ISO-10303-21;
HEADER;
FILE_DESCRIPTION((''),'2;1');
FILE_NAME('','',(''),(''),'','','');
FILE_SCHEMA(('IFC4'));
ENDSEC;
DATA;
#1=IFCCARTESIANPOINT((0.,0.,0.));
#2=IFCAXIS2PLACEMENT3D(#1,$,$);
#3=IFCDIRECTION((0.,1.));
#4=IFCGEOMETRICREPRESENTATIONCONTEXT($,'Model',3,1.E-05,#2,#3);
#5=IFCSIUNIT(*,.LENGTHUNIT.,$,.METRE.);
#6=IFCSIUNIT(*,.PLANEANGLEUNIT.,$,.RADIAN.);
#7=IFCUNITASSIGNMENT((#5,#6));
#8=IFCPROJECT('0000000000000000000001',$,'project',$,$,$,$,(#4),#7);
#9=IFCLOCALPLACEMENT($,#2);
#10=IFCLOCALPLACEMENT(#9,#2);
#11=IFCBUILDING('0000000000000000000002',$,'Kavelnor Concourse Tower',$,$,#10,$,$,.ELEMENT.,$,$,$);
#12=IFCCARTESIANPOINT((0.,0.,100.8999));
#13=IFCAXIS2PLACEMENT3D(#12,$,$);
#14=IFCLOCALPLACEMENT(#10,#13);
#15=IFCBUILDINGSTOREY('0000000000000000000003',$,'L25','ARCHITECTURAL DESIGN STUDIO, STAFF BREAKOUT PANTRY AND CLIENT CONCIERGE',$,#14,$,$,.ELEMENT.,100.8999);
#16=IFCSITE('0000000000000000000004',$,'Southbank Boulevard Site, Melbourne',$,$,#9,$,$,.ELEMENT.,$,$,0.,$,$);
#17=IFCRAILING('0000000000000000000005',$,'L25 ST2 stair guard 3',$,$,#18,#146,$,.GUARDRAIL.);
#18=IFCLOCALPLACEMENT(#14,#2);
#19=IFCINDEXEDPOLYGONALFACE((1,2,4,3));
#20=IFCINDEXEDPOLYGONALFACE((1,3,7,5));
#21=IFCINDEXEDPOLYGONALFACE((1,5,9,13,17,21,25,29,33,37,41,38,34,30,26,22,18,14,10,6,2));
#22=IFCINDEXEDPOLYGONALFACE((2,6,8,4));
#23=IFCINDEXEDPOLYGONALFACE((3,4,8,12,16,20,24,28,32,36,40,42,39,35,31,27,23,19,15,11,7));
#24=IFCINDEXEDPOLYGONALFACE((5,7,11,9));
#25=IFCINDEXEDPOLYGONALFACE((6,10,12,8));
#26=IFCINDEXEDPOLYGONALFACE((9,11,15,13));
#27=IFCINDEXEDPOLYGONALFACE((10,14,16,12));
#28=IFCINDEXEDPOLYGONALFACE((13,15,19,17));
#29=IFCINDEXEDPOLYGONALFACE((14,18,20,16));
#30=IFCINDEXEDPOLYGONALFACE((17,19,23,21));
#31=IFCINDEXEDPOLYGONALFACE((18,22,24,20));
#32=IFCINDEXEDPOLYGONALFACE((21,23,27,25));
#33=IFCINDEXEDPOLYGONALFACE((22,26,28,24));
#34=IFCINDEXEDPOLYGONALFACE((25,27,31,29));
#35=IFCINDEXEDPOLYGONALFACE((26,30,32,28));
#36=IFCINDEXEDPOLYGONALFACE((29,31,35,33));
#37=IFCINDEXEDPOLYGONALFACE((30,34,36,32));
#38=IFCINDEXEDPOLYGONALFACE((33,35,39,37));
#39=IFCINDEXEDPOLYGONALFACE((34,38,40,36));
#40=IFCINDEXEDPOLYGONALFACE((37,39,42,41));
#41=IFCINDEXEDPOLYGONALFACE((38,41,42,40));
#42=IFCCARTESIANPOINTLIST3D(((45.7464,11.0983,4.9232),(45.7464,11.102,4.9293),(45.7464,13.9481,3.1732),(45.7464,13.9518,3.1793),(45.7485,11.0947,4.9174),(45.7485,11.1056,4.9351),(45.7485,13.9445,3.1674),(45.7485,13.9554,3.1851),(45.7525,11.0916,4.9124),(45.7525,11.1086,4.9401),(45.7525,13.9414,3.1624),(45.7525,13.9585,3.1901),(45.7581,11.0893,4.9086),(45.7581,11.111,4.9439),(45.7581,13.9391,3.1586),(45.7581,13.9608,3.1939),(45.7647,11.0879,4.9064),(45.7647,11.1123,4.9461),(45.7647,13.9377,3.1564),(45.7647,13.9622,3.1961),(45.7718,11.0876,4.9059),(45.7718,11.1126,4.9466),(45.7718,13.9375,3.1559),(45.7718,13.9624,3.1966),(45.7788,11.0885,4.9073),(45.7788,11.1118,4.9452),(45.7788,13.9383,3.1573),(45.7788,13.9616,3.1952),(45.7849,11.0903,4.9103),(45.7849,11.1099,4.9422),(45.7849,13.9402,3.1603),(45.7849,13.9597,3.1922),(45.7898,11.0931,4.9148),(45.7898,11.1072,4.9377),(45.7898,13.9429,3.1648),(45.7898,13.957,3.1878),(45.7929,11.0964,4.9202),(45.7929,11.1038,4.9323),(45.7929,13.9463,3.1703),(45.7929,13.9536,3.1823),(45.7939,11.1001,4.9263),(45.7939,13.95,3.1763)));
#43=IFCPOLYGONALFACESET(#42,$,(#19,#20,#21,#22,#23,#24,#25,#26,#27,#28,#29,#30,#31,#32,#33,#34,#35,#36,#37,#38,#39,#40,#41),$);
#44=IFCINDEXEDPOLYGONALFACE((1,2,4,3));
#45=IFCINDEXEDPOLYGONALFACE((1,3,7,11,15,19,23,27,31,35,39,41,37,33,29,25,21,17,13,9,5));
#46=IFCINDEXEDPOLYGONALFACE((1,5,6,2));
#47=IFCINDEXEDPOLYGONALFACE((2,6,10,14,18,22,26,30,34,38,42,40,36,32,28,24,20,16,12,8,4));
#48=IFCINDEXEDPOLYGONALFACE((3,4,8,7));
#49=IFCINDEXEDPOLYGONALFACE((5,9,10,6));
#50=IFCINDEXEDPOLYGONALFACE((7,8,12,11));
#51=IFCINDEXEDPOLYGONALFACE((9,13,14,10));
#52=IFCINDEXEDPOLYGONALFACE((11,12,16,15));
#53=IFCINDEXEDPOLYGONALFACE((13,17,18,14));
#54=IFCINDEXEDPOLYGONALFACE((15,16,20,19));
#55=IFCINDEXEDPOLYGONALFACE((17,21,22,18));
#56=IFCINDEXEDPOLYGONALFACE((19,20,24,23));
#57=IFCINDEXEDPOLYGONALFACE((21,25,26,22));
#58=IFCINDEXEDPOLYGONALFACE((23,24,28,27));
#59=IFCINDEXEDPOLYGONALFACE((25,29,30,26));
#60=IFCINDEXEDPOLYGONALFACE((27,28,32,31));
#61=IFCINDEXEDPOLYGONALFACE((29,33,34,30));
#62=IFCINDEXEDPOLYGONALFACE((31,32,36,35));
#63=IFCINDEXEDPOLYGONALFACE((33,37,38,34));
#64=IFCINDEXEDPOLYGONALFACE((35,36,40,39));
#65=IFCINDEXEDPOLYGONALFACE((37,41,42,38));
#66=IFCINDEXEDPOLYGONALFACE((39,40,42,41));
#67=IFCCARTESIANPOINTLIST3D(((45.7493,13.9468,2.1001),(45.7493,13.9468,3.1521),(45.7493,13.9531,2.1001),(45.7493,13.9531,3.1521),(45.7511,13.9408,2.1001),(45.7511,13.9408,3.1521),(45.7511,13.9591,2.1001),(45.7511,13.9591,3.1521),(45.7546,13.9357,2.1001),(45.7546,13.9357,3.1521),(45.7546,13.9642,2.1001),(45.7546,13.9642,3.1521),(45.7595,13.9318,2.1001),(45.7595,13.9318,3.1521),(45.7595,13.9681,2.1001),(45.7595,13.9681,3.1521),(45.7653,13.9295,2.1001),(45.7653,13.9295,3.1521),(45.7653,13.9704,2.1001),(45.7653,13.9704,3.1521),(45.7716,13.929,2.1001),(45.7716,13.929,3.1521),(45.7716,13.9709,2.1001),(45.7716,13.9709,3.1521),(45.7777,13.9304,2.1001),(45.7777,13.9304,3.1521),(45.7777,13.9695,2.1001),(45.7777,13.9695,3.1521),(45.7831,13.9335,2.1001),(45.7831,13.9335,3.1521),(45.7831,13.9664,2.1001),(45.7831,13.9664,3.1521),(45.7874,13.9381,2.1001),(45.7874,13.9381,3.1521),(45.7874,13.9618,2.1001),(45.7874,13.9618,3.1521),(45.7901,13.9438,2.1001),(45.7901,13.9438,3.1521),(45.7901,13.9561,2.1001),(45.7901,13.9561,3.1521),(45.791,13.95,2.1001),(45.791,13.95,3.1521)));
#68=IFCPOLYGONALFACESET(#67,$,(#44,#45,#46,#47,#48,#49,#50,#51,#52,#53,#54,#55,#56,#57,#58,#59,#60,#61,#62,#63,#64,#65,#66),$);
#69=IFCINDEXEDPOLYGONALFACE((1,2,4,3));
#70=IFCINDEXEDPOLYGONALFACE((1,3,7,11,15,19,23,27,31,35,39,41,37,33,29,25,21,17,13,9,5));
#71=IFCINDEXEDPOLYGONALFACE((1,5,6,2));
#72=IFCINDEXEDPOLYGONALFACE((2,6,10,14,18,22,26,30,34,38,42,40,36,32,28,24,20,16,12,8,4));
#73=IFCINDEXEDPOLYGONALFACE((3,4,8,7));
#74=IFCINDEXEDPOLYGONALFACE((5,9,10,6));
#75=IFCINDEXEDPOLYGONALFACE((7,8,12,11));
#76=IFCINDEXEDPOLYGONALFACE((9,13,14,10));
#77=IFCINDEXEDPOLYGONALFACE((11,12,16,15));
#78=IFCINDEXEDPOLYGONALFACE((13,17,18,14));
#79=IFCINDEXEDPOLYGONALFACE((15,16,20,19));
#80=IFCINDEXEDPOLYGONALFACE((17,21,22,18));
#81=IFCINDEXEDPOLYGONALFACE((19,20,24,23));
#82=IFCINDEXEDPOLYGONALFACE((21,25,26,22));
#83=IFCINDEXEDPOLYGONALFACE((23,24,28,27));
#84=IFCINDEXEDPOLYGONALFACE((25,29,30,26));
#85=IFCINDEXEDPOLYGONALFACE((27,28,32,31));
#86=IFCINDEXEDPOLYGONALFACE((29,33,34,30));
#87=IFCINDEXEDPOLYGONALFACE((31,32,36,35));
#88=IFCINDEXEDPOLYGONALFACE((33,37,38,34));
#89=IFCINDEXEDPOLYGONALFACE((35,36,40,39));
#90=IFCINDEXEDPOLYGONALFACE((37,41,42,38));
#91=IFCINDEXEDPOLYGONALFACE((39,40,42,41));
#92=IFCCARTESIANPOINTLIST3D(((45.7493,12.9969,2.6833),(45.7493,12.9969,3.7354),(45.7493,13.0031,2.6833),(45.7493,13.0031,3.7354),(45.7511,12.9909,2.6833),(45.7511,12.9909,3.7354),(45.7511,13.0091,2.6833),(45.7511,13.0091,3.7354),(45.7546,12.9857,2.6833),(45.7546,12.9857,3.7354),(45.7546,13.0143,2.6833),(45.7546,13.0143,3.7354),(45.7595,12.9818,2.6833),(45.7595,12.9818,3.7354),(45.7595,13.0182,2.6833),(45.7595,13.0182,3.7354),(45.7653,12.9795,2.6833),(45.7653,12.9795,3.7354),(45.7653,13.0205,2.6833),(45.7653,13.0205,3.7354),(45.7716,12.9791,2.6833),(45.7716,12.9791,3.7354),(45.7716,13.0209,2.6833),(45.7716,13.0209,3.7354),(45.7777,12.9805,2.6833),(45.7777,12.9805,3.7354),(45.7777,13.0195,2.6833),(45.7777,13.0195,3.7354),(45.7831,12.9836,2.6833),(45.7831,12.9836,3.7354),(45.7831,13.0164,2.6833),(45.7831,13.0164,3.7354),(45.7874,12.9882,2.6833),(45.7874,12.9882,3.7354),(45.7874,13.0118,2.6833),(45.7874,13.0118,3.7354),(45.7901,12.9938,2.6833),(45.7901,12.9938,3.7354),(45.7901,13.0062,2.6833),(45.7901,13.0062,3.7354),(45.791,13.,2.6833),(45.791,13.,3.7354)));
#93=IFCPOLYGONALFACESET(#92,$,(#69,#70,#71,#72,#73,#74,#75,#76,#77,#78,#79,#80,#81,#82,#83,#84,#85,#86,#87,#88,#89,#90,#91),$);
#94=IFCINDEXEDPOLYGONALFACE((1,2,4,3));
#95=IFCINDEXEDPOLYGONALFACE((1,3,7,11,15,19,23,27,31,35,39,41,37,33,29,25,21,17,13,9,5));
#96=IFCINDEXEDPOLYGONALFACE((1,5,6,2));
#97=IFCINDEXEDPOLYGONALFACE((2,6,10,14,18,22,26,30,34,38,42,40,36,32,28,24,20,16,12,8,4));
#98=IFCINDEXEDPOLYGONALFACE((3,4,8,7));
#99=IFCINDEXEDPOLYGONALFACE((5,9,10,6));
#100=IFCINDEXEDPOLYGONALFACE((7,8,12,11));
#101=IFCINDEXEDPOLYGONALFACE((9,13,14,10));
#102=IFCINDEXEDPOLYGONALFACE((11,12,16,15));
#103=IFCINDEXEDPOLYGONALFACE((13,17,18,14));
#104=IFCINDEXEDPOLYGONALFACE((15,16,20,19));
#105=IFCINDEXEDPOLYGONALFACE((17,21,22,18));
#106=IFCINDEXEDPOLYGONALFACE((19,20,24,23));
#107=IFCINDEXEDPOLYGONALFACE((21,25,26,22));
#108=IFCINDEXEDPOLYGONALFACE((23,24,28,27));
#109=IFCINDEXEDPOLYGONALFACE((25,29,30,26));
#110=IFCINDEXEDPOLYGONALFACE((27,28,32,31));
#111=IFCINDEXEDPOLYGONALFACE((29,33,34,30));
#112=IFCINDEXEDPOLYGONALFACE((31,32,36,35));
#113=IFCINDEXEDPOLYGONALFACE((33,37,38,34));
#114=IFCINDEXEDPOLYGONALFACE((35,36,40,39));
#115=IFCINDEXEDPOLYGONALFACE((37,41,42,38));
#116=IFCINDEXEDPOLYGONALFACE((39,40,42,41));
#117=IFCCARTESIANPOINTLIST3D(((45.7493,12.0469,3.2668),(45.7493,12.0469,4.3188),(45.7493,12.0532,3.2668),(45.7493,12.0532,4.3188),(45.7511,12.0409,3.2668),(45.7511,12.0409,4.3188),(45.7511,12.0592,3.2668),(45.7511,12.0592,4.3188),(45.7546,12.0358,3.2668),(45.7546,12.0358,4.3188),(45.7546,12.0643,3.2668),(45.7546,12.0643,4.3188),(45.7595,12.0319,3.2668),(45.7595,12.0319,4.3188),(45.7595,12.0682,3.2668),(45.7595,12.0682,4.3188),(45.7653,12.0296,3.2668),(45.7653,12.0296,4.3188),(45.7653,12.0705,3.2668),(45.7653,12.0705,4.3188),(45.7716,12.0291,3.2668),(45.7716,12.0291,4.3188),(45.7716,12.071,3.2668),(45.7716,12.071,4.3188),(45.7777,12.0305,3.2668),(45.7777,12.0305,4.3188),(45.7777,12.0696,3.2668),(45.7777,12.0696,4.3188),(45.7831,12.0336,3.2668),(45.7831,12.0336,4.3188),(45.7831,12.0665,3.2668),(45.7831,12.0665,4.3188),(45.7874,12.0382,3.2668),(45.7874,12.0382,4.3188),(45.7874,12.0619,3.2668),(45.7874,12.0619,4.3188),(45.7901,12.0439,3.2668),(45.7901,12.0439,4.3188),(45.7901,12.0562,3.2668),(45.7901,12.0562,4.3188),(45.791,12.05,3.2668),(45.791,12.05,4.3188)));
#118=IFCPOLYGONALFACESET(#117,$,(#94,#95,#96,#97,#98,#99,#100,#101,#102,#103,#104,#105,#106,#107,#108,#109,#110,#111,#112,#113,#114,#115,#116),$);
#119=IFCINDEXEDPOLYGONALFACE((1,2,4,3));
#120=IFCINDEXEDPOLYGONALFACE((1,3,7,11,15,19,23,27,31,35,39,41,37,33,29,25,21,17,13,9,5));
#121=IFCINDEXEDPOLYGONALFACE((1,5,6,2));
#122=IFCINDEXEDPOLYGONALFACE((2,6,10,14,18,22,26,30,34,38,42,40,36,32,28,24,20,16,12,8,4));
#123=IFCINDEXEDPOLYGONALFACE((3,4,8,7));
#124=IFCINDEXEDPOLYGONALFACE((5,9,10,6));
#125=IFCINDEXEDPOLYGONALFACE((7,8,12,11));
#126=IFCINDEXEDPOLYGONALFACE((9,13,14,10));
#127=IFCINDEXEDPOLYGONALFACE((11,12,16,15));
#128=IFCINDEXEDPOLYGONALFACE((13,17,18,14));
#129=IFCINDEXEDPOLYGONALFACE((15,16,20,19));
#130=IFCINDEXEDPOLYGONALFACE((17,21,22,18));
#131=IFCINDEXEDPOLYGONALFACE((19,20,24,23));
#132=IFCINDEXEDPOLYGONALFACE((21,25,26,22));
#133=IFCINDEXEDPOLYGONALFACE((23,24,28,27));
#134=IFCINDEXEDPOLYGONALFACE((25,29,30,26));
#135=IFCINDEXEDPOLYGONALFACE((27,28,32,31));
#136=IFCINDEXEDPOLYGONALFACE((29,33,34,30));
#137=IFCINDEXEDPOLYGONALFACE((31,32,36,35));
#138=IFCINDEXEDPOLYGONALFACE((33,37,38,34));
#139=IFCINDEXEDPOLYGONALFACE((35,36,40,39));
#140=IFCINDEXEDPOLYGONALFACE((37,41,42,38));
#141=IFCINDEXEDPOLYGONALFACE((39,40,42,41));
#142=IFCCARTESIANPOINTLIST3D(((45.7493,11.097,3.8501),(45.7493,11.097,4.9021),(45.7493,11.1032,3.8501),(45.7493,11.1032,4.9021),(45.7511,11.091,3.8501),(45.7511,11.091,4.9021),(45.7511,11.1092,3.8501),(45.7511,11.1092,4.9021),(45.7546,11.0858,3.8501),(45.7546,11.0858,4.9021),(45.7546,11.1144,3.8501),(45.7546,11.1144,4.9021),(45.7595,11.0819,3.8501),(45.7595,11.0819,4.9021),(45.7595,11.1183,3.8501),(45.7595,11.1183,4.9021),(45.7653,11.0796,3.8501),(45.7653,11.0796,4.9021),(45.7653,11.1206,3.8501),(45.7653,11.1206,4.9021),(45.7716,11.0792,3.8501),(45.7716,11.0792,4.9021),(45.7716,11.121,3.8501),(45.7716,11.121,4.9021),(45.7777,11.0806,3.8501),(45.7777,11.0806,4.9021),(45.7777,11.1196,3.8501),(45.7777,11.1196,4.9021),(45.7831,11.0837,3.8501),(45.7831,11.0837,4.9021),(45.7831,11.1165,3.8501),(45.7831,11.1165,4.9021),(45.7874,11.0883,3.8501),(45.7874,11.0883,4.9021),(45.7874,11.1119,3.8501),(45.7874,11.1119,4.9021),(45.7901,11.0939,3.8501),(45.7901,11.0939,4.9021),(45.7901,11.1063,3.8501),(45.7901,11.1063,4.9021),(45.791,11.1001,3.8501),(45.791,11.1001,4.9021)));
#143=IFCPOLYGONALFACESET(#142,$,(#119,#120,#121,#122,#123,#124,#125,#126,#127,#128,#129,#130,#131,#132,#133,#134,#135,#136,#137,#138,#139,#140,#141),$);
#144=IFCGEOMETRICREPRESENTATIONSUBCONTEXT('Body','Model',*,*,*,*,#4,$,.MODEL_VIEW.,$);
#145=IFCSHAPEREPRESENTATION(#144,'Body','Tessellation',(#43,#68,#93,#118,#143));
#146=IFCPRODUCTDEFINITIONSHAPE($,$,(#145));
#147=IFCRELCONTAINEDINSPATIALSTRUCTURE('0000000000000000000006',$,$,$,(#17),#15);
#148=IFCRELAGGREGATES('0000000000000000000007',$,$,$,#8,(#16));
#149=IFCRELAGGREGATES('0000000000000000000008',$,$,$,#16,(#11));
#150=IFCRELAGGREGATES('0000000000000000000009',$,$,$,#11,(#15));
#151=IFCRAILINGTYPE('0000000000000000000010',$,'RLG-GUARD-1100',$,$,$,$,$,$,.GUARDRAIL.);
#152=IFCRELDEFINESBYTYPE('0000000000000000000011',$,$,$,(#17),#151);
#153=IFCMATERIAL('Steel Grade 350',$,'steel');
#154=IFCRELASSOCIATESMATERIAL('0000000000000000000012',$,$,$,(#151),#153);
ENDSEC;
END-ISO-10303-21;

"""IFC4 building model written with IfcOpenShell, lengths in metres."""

from ifc_helpers import new_model, si_unit, direction, frame, origin, origin_2d, place, context, subcontext, project, spatial, circle, extrude, material, type_object, element, save


model = new_model("IFC4")

# Units and contexts
model_context = context("Model", 3, precision=1e-05, world=origin(), true_north=direction((0.0, 1.0)))
body_context = subcontext(model_context, "Body", "Model", "MODEL_VIEW")
ifc_project = project(units=[si_unit("LENGTHUNIT", "METRE"), si_unit("PLANEANGLEUNIT", "RADIAN")], contexts=[model_context])

# Site, building, storey
site_placement = place(None, origin())
site = spatial("IfcSite", under=ifc_project, at=site_placement, Name="Southbank Boulevard Site, Melbourne", CompositionType="ELEMENT", RefElevation=0.0)
building_placement = place(site_placement, origin())
building = spatial("IfcBuilding", under=site, at=building_placement, Name="Kavelnor Concourse Tower", CompositionType="ELEMENT")
storey_placement = place(building_placement, frame((0.0, 0.0, 100.8999)))
storey = spatial("IfcBuildingStorey", under=building, at=storey_placement, Name="L25", Description="ARCHITECTURAL DESIGN STUDIO, STAFF BREAKOUT PANTRY AND CLIENT CONCIERGE", CompositionType="ELEMENT", Elevation=100.8999)

# Shared definitions
ifc_material_1 = material(Name="Steel Grade 350", Category="steel")

# Railing
railing_type_1 = type_object("IfcRailingType", Name="RLG-GUARD-1100", PredefinedType="GUARDRAIL", material=ifc_material_1)
railing_1_placement = place(storey_placement, frame((45.77, 13.95, 2.1001)))
element("IfcRailing", 1, at=railing_1_placement, inside=storey, type_object=railing_type_1, Name="L25 ST2 stair guard 3", PredefinedType="GUARDRAIL", context=body_context, shape_type="SweptSolid", body=[
    extrude(circle(Radius=0.0239, at=origin_2d()), frame((0.0, 0.0, 1.0762), z_axis=(0.0, -0.852159, 0.523283), x_axis=(1.0, 0.0, 0.0)), (0.0, 0.0, 1.0), 3.3442),
    extrude(circle(Radius=0.021, at=origin_2d()), origin(), (0.0, 0.0, 1.0), 1.052),
    extrude(circle(Radius=0.021, at=origin_2d()), frame((0.0, -0.95, 0.5833)), (0.0, 0.0, 1.0), 1.052),
    extrude(circle(Radius=0.021, at=origin_2d()), frame((0.0, -1.8999, 1.1667)), (0.0, 0.0, 1.0), 1.052),
    extrude(circle(Radius=0.021, at=origin_2d()), frame((0.0, -2.8499, 1.75)), (0.0, 0.0, 1.0), 1.052),
])

save(model, "model.ifc")
